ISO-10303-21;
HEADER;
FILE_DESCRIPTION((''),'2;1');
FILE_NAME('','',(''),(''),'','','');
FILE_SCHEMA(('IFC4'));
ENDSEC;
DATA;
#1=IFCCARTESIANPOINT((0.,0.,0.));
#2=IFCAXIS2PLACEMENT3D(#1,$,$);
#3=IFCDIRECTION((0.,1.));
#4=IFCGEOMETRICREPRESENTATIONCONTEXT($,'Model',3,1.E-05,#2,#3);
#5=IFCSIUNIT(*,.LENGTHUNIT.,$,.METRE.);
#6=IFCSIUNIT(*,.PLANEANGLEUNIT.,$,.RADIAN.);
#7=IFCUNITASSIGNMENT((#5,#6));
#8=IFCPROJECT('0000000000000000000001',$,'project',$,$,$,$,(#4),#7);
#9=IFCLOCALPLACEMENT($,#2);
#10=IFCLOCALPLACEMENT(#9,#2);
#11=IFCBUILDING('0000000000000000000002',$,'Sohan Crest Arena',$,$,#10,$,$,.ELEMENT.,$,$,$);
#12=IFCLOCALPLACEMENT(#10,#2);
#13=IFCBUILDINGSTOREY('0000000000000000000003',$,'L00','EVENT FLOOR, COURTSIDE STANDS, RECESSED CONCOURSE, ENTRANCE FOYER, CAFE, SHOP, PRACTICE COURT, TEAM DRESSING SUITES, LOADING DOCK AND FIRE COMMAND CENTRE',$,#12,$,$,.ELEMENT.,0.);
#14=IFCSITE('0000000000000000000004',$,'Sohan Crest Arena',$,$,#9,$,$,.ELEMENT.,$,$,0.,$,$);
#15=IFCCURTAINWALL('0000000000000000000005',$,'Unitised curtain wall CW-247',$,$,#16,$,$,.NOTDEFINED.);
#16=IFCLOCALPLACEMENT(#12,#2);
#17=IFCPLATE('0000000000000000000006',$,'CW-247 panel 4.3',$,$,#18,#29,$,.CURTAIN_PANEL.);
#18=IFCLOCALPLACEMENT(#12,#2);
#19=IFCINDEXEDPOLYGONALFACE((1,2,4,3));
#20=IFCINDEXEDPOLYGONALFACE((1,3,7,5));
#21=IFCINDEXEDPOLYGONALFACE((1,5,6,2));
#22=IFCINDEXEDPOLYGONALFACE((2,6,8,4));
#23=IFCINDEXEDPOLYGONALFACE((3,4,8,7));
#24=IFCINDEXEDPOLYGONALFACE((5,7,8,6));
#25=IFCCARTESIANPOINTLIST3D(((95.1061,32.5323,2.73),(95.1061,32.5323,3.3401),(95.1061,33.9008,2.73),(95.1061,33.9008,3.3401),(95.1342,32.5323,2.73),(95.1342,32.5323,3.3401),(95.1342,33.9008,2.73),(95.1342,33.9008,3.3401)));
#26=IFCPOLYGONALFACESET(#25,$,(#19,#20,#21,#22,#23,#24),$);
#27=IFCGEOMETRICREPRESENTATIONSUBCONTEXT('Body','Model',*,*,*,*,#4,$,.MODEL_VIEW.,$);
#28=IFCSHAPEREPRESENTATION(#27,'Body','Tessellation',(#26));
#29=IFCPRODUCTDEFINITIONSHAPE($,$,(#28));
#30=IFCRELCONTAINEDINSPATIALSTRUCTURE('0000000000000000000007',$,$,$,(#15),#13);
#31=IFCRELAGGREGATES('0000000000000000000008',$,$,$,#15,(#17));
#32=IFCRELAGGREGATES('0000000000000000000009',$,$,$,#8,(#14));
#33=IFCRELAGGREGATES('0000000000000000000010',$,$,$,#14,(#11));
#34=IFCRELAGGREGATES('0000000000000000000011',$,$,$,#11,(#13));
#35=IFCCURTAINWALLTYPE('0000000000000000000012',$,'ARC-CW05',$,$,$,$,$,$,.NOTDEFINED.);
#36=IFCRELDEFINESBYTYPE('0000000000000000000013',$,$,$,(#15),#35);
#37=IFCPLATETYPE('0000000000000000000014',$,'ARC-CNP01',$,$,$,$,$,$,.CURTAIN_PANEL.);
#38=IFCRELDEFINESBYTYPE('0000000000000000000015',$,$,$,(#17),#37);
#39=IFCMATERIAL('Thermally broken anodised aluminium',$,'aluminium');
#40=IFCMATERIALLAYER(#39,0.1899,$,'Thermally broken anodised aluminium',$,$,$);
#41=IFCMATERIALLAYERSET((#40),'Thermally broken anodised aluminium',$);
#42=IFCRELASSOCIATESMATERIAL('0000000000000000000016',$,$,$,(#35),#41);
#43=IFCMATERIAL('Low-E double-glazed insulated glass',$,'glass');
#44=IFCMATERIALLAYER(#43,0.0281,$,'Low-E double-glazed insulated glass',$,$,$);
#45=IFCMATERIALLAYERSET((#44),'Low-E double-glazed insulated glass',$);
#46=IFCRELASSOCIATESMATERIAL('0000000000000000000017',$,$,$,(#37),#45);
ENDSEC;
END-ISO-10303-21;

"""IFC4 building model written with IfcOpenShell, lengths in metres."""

from ifc_helpers import new_model, si_unit, direction, frame, origin, origin_2d, place, context, subcontext, project, spatial, rectangle, extrude, material, layer, layer_set, type_object, element, aggregate, save


model = new_model("IFC4")

# Units and contexts
model_context = context("Model", 3, precision=1e-05, world=origin(), true_north=direction((0.0, 1.0)))
body_context = subcontext(model_context, "Body", "Model", "MODEL_VIEW")
ifc_project = project(units=[si_unit("LENGTHUNIT", "METRE"), si_unit("PLANEANGLEUNIT", "RADIAN")], contexts=[model_context])

# Site, building, storey
site_placement = place(None, origin())
site = spatial("IfcSite", under=ifc_project, at=site_placement, Name="Sohan Crest Arena", CompositionType="ELEMENT", RefElevation=0.0)
building_placement = place(site_placement, origin())
building = spatial("IfcBuilding", under=site, at=building_placement, Name="Sohan Crest Arena", CompositionType="ELEMENT")
storey_placement = place(building_placement, origin())
storey = spatial("IfcBuildingStorey", under=building, at=storey_placement, Name="L00", Description="EVENT FLOOR, COURTSIDE STANDS, RECESSED CONCOURSE, ENTRANCE FOYER, CAFE, SHOP, PRACTICE COURT, TEAM DRESSING SUITES, LOADING DOCK AND FIRE COMMAND CENTRE", CompositionType="ELEMENT", Elevation=0.0)

# Shared definitions
ifc_material_1 = material(Name="Thermally broken anodised aluminium", Category="aluminium")

# Curtain wall
ifc_layer_1 = layer(ifc_material_1, 0.1899, Name="Thermally broken anodised aluminium")
ifc_layer_set_1 = layer_set([ifc_layer_1], Name="Thermally broken anodised aluminium")
curtain_wall_type_1 = type_object("IfcCurtainWallType", Name="ARC-CW05", PredefinedType="NOTDEFINED", material=ifc_layer_set_1)
curtain_wall_1_placement = place(storey_placement, origin())
curtain_wall_1 = element("IfcCurtainWall", 1, at=curtain_wall_1_placement, inside=storey, type_object=curtain_wall_type_1, Name="Unitised curtain wall CW-247", PredefinedType="NOTDEFINED")

# Plate
ifc_material_2 = material(Name="Low-E double-glazed insulated glass", Category="glass")
ifc_layer_2 = layer(ifc_material_2, 0.0281, Name="Low-E double-glazed insulated glass")
ifc_layer_set_2 = layer_set([ifc_layer_2], Name="Low-E double-glazed insulated glass")
plate_type = type_object("IfcPlateType", Name="ARC-CNP01", PredefinedType="CURTAIN_PANEL", material=ifc_layer_set_2)
plate_1_placement = place(storey_placement, frame((95.1201, 33.2166, 2.73), z_axis=(0.0, 0.0, 1.0), x_axis=(0.0, 1.0, 0.0)))
plate_1 = element("IfcPlate", 2, at=plate_1_placement, type_object=plate_type, Name="CW-247 panel 4.3", PredefinedType="CURTAIN_PANEL", context=body_context, shape_type="SweptSolid", body=[
    extrude(rectangle(XDim=1.3684, YDim=0.0281, at=origin_2d()), origin(), (0.0, 0.0, 1.0), 0.6101),
])
aggregate(curtain_wall_1, [plate_1])

save(model, "model.ifc")
